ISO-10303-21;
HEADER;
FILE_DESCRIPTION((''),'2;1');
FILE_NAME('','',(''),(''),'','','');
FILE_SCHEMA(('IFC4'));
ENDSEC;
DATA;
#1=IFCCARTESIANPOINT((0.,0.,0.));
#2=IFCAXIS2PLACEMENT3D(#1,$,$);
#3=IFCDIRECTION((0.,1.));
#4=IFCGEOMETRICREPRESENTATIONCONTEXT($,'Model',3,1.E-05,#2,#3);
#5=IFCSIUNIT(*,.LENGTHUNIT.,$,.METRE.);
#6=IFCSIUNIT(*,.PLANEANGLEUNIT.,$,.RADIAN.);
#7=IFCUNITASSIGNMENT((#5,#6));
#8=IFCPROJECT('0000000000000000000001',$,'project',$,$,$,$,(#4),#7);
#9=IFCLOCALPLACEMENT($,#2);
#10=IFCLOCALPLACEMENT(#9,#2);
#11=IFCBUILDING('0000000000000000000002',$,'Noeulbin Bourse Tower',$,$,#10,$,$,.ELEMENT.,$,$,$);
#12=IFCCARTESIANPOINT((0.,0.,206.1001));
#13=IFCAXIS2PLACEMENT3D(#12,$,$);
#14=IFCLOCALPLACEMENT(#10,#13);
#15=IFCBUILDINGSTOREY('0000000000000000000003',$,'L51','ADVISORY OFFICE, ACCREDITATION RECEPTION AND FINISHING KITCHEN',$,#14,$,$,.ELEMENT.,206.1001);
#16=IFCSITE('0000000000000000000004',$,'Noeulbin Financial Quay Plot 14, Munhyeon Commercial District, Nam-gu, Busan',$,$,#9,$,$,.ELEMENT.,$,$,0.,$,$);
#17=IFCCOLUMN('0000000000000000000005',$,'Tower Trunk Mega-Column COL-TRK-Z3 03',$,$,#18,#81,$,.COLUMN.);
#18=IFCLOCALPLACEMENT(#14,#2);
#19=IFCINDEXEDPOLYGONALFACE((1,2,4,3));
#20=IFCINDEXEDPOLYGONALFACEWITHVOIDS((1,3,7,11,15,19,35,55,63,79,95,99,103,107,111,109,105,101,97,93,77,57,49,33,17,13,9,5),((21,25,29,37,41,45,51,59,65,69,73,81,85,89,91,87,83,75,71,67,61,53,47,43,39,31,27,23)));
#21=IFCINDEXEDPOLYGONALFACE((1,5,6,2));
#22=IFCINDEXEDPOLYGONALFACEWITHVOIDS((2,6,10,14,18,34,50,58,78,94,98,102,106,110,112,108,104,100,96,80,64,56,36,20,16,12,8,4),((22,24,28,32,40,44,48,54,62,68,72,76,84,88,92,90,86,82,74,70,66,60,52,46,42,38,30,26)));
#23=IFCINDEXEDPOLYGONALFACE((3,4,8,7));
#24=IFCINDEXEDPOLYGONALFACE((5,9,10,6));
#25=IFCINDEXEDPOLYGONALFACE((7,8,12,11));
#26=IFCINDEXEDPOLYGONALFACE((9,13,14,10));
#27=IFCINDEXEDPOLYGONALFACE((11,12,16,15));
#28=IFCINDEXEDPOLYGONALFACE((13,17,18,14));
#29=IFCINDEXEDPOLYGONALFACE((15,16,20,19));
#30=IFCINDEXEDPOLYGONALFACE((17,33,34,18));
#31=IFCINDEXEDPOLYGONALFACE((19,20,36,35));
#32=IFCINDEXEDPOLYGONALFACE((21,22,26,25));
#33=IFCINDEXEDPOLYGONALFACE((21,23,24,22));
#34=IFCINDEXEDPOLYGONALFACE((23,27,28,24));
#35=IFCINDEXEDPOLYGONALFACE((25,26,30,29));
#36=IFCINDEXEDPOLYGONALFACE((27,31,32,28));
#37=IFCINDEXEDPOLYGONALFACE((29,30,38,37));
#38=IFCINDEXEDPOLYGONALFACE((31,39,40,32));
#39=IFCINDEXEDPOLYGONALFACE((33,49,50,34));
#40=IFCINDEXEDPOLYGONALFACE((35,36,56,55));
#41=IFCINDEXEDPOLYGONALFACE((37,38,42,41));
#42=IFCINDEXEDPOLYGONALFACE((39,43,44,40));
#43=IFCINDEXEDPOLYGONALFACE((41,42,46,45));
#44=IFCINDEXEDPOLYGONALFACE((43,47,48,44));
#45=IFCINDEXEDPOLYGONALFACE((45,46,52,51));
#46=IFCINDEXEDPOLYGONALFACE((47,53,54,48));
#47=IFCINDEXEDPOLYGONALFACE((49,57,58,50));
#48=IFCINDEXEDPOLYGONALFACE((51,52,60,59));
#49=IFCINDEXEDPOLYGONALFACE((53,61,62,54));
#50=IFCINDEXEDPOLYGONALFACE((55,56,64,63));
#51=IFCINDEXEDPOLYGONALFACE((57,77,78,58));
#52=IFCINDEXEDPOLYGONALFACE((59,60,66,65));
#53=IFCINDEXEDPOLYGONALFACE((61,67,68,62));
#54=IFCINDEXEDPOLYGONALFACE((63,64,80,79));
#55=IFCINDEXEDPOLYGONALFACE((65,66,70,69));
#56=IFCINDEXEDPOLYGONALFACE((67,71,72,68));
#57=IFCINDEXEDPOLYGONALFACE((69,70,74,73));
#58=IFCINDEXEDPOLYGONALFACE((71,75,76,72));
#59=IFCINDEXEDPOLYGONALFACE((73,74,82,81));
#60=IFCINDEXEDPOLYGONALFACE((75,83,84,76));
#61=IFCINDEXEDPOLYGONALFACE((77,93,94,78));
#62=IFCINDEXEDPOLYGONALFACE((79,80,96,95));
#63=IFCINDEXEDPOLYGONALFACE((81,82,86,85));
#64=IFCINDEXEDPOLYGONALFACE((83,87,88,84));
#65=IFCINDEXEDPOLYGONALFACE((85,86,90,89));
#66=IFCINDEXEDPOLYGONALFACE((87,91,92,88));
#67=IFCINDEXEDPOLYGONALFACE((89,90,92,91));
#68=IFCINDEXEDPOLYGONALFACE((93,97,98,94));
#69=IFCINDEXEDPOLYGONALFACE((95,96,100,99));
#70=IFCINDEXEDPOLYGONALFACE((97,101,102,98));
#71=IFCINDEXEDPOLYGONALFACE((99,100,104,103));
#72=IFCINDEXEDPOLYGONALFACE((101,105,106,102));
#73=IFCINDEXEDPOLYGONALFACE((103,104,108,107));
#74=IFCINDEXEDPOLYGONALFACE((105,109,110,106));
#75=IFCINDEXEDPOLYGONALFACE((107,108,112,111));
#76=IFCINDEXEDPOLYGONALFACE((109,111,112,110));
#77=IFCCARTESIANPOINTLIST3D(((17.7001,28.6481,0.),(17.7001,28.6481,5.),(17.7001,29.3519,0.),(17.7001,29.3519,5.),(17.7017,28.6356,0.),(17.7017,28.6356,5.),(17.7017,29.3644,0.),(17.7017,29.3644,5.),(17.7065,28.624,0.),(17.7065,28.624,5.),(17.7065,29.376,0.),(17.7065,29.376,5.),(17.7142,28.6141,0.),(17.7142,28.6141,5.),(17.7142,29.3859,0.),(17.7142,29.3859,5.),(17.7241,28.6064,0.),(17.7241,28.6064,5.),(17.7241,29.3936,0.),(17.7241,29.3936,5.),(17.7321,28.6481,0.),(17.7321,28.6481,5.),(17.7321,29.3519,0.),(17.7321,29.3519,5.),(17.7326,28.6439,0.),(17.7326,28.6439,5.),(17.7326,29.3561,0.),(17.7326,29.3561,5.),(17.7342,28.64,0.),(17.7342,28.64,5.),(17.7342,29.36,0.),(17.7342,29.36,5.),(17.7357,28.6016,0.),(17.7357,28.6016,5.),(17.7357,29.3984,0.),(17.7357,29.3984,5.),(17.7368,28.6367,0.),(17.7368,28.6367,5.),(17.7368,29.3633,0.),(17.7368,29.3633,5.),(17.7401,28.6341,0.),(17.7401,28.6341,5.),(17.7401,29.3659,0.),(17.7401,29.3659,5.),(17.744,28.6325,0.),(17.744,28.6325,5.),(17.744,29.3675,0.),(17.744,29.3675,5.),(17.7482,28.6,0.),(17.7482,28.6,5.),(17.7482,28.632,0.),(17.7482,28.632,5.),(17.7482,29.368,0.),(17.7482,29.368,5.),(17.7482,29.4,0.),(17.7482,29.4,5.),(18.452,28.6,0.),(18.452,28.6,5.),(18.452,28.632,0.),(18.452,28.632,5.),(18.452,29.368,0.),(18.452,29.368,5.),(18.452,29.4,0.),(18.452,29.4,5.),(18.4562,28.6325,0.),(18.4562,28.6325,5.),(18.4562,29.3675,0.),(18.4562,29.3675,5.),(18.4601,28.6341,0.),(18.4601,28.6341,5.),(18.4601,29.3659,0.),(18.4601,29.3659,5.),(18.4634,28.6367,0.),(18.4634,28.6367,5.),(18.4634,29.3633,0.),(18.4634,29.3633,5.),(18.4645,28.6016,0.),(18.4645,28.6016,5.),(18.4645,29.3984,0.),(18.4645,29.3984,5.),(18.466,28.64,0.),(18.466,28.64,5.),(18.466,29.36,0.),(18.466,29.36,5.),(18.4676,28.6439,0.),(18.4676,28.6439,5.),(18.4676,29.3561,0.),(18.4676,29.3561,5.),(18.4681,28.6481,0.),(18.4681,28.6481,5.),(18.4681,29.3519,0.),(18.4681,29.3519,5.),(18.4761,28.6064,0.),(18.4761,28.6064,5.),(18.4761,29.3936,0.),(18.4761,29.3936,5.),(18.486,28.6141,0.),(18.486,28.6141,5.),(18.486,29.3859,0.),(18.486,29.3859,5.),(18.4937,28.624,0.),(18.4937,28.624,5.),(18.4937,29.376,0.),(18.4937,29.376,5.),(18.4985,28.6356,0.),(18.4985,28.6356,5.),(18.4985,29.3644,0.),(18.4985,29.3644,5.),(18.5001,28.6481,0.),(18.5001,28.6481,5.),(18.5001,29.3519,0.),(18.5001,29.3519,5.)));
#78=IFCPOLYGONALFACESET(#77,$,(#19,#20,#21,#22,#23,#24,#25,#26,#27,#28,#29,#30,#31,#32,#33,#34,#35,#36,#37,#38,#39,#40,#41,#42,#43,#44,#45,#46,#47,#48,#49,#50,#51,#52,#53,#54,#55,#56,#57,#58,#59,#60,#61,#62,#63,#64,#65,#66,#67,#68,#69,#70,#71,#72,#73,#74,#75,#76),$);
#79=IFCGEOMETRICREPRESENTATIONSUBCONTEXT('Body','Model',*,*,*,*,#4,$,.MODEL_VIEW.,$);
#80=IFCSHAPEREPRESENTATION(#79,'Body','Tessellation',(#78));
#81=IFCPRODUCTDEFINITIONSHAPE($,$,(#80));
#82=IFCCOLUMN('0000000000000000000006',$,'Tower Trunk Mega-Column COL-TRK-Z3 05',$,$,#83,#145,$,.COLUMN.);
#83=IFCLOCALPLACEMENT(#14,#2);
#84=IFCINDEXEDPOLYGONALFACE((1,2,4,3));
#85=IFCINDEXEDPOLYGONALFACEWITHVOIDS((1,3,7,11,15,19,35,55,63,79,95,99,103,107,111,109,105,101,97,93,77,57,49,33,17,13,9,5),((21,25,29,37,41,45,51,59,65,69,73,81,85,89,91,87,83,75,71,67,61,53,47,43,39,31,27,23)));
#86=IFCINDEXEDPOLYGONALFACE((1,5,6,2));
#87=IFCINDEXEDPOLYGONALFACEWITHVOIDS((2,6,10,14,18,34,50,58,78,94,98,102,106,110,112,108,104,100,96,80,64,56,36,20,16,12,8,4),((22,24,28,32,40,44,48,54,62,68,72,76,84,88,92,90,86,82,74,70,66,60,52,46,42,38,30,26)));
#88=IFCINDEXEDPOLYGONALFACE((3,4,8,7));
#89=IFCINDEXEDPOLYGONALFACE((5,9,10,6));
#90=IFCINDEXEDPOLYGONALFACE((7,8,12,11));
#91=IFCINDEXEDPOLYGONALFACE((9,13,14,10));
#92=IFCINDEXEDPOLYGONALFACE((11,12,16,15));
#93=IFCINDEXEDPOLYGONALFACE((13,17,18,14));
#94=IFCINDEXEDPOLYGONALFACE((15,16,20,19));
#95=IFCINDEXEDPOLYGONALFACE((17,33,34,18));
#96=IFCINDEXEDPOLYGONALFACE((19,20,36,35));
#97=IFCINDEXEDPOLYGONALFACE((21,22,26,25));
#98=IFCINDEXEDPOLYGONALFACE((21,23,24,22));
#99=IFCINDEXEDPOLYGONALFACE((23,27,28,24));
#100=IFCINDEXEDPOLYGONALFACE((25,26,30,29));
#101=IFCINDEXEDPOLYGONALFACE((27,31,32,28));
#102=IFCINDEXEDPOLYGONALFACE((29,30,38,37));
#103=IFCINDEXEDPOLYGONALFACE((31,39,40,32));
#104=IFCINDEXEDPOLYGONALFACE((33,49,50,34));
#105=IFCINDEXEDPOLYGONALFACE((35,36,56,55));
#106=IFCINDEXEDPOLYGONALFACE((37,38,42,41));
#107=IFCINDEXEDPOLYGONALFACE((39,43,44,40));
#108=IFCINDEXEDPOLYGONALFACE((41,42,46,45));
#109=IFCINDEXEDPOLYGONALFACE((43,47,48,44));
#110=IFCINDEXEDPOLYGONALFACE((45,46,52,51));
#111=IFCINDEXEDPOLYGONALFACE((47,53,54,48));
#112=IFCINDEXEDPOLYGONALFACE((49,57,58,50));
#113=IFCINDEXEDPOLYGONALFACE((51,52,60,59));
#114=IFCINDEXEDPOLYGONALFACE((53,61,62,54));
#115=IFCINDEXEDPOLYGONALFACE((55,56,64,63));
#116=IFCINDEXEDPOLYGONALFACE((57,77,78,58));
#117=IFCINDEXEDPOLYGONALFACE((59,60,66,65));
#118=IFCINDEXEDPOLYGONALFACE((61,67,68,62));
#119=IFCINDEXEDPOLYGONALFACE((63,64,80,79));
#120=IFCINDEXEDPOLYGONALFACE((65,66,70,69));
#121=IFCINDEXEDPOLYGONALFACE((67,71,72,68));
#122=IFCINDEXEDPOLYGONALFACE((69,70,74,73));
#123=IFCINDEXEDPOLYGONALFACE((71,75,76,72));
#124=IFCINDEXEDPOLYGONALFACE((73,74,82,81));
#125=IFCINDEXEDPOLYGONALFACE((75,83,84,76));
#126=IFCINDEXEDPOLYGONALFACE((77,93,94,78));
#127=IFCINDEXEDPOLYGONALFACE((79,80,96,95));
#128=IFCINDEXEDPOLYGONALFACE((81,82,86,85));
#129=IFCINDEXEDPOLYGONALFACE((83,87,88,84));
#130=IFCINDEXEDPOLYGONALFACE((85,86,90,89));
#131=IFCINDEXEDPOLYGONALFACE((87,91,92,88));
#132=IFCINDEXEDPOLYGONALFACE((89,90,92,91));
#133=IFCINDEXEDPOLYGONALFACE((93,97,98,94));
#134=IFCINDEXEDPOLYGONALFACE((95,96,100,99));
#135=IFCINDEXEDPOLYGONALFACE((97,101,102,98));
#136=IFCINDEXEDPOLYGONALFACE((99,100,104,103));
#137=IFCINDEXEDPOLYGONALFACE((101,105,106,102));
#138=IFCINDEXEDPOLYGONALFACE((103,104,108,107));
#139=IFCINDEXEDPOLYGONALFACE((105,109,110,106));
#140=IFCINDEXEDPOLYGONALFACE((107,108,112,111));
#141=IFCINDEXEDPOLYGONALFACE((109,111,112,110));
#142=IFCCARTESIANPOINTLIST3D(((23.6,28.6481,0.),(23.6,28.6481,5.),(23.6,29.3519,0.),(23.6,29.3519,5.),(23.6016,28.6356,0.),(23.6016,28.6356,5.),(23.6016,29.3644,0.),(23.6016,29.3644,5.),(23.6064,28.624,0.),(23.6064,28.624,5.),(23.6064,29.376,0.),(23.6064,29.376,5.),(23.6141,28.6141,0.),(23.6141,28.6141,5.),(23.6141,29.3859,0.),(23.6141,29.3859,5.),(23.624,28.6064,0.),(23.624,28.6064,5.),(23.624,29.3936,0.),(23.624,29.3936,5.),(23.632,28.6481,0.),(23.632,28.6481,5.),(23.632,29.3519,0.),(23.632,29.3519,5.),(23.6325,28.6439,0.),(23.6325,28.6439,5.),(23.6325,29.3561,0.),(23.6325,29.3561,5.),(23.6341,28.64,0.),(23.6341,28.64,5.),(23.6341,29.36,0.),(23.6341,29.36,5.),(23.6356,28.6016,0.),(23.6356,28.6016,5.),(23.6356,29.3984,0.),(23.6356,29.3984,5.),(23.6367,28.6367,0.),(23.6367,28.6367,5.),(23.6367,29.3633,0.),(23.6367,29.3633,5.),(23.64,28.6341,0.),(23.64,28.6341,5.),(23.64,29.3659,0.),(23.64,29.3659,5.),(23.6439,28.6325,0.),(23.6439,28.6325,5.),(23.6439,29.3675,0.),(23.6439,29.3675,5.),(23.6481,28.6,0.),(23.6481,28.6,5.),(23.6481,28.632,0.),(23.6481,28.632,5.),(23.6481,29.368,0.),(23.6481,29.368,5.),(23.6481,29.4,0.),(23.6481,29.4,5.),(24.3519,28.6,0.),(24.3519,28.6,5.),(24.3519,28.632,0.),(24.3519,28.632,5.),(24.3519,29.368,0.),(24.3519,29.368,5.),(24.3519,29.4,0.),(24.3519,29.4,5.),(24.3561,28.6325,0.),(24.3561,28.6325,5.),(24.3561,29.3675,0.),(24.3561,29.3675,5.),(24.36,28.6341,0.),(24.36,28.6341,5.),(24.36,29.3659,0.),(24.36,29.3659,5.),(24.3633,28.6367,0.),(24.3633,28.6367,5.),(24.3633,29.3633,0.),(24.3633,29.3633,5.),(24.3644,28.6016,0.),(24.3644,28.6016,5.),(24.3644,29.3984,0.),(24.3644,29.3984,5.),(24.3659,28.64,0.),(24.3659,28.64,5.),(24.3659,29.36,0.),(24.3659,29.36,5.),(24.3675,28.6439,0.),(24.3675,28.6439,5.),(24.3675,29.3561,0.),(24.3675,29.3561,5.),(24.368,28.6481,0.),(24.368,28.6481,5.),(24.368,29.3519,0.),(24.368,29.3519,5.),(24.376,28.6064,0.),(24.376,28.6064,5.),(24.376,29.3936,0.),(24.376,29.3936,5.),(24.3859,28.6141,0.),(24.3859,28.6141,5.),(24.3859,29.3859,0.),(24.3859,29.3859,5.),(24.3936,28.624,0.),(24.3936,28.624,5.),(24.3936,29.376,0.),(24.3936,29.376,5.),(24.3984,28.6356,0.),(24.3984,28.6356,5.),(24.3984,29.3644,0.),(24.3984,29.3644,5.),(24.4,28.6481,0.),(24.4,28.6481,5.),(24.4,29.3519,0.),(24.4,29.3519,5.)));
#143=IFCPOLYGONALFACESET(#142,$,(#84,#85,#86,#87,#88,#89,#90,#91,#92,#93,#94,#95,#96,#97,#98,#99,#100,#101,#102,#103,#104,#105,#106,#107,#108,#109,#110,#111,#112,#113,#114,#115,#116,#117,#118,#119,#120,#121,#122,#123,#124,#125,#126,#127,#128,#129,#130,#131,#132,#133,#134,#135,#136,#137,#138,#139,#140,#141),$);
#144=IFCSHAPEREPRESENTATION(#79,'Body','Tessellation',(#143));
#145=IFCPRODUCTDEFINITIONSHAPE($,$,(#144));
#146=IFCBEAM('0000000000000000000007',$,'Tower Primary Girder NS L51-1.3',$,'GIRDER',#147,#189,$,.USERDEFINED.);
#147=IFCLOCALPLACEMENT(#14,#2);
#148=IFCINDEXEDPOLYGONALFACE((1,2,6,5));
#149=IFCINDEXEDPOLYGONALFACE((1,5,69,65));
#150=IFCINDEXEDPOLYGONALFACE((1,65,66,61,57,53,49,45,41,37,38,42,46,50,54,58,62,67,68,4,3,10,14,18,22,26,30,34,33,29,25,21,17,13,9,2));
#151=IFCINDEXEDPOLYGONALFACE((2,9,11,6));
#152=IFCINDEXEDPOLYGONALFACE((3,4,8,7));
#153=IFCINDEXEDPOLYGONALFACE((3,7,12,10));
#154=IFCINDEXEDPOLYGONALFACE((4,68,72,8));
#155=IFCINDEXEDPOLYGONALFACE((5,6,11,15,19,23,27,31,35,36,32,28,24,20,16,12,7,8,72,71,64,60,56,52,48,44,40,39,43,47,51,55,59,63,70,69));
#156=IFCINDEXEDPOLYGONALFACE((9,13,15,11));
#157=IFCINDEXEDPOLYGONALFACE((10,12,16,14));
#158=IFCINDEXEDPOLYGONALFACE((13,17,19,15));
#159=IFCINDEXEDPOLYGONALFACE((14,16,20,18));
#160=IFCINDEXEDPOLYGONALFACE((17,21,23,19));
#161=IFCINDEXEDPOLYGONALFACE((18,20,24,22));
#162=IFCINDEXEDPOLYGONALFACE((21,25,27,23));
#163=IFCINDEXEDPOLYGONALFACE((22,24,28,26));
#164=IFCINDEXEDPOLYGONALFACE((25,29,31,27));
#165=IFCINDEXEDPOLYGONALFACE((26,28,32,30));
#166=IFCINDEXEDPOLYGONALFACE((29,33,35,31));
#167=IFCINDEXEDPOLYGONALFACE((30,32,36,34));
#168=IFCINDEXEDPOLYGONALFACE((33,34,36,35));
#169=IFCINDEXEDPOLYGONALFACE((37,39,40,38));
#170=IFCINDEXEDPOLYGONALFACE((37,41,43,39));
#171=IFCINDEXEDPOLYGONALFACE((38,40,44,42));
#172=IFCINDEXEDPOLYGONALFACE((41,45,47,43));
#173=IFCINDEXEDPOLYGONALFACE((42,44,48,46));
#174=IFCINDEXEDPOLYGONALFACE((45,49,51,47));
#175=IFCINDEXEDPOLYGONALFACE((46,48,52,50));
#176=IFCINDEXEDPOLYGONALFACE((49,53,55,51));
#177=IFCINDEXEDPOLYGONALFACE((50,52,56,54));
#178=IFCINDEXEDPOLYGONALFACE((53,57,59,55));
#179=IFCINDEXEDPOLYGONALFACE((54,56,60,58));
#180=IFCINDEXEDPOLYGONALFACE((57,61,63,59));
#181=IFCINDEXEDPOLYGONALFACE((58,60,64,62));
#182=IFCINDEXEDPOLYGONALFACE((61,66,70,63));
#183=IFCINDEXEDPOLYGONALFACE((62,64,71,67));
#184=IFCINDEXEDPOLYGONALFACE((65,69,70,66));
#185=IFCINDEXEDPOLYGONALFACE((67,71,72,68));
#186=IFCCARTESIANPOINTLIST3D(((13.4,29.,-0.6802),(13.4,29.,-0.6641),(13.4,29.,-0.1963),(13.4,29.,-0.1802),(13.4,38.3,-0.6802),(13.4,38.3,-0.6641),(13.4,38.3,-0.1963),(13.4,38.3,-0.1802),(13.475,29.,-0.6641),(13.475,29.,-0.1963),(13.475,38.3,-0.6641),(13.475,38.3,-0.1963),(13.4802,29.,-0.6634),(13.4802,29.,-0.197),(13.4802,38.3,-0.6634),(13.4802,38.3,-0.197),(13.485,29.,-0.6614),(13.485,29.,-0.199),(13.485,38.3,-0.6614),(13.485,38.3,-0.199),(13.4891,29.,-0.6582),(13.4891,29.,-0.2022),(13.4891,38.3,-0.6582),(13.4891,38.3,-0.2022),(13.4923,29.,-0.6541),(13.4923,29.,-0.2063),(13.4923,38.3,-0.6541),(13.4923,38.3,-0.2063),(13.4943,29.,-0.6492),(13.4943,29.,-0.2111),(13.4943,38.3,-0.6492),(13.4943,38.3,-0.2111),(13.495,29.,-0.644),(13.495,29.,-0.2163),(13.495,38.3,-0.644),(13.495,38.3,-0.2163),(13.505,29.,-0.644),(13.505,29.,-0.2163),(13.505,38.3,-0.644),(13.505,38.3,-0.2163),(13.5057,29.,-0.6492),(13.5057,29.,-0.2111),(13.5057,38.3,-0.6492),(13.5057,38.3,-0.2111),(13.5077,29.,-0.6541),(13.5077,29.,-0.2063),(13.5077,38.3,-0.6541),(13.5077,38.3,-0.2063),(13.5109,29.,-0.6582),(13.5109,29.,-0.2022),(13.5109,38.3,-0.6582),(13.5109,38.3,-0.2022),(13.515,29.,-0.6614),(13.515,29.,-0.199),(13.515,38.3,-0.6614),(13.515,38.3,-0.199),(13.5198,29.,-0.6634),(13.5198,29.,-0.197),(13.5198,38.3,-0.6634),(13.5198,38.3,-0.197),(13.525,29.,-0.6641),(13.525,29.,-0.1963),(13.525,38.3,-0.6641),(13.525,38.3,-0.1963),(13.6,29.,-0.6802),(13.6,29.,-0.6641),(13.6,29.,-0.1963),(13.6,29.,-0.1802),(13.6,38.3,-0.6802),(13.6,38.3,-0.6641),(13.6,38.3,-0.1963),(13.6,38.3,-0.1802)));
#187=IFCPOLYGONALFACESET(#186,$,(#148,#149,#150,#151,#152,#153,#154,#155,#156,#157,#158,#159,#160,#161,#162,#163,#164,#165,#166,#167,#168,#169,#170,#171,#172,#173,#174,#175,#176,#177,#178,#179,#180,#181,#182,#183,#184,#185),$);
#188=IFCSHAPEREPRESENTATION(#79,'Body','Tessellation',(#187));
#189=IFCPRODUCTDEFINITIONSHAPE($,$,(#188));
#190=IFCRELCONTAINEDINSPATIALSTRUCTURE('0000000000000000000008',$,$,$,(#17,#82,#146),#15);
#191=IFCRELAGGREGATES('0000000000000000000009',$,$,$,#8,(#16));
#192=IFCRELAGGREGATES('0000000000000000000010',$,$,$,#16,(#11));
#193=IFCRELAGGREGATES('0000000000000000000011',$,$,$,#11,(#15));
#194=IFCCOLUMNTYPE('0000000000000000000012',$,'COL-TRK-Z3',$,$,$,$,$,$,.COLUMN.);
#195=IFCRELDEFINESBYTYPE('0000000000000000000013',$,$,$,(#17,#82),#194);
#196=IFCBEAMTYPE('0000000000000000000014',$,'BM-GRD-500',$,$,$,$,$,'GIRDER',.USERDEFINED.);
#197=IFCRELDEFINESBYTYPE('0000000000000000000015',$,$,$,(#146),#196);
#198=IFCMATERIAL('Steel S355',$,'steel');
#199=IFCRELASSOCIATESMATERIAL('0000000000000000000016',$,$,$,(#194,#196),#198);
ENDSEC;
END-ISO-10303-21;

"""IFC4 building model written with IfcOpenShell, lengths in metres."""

from ifc_helpers import new_model, si_unit, direction, frame, origin, origin_2d, place, context, subcontext, project, spatial, hollow_rectangle, i_section, extrude, material, material_profile, profile_set, type_object, element, save


model = new_model("IFC4")

# Units and contexts
model_context = context("Model", 3, precision=1e-05, world=origin(), true_north=direction((0.0, 1.0)))
body_context = subcontext(model_context, "Body", "Model", "MODEL_VIEW")
ifc_project = project(units=[si_unit("LENGTHUNIT", "METRE"), si_unit("PLANEANGLEUNIT", "RADIAN")], contexts=[model_context])

# Site, building, storey
site_placement = place(None, origin())
site = spatial("IfcSite", under=ifc_project, at=site_placement, Name="Noeulbin Financial Quay Plot 14, Munhyeon Commercial District, Nam-gu, Busan", CompositionType="ELEMENT", RefElevation=0.0)
building_placement = place(site_placement, origin())
building = spatial("IfcBuilding", under=site, at=building_placement, Name="Noeulbin Bourse Tower", CompositionType="ELEMENT")
storey_placement = place(building_placement, frame((0.0, 0.0, 206.1001)))
storey = spatial("IfcBuildingStorey", under=building, at=storey_placement, Name="L51", Description="ADVISORY OFFICE, ACCREDITATION RECEPTION AND FINISHING KITCHEN", CompositionType="ELEMENT", Elevation=206.1001)

# Columns
ifc_material_1 = material(Name="Steel S355", Category="steel")
ifc_material_profile_1 = material_profile(ifc_material_1, hollow_rectangle(XDim=0.8, YDim=0.8, WallThickness=0.032, InnerFilletRadius=0.0161, OuterFilletRadius=0.0481, at=origin_2d()), Name="BOX-800x800x32", Category="LoadBearing")
ifc_profile_set_1 = profile_set([ifc_material_profile_1], Name="Steel S355")
column_type = type_object("IfcColumnType", Name="COL-TRK-Z3", PredefinedType="COLUMN", material=ifc_profile_set_1)
for number, where, z_axis, x_axis, name in (
    (1, (18.1001, 29.0, 0.0), (0.0, 0.0, 1.0), (1.0, 0.0, 0.0), "Tower Trunk Mega-Column COL-TRK-Z3 03"),
    (2, (24.0, 29.0, 0.0), (0.0, 0.0, 1.0), (1.0, 0.0, 0.0), "Tower Trunk Mega-Column COL-TRK-Z3 05"),
):
    element("IfcColumn", number, at=place(storey_placement, frame(where, z_axis=z_axis, x_axis=x_axis)), inside=storey, type_object=column_type, Name=name, PredefinedType="COLUMN", context=body_context, shape_type="SweptSolid", body=[
        extrude(hollow_rectangle(XDim=0.8, YDim=0.8, WallThickness=0.032, InnerFilletRadius=0.0161, OuterFilletRadius=0.0481, at=origin_2d()), origin(), (0.0, 0.0, 1.0), 5.0),
    ])

# Beam
ifc_material_profile_2 = material_profile(ifc_material_1, i_section(OverallWidth=0.2, OverallDepth=0.5, WebThickness=0.01, FlangeThickness=0.0161, FilletRadius=0.02, at=origin_2d()), Name="H-500x200x10x16", Category="LoadBearing")
ifc_profile_set_2 = profile_set([ifc_material_profile_2], Name="Steel S355")
beam_type_1 = type_object("IfcBeamType", Name="BM-GRD-500", ElementType="GIRDER", PredefinedType="USERDEFINED", material=ifc_profile_set_2)
beam_placement = place(storey_placement, frame((13.5, 29.0, -0.4302), z_axis=(0.0, 1.0, 0.0), x_axis=(-1.0, 0.0, 0.0)))
element("IfcBeam", 3, at=beam_placement, inside=storey, type_object=beam_type_1, Name="Tower Primary Girder NS L51-1.3", ObjectType="GIRDER", PredefinedType="USERDEFINED", context=body_context, shape_type="SweptSolid", body=[
    extrude(i_section(OverallWidth=0.2, OverallDepth=0.5, WebThickness=0.01, FlangeThickness=0.0161, FilletRadius=0.02, at=origin_2d()), origin(), (0.0, 0.0, 1.0), 9.3),
])

save(model, "model.ifc")
